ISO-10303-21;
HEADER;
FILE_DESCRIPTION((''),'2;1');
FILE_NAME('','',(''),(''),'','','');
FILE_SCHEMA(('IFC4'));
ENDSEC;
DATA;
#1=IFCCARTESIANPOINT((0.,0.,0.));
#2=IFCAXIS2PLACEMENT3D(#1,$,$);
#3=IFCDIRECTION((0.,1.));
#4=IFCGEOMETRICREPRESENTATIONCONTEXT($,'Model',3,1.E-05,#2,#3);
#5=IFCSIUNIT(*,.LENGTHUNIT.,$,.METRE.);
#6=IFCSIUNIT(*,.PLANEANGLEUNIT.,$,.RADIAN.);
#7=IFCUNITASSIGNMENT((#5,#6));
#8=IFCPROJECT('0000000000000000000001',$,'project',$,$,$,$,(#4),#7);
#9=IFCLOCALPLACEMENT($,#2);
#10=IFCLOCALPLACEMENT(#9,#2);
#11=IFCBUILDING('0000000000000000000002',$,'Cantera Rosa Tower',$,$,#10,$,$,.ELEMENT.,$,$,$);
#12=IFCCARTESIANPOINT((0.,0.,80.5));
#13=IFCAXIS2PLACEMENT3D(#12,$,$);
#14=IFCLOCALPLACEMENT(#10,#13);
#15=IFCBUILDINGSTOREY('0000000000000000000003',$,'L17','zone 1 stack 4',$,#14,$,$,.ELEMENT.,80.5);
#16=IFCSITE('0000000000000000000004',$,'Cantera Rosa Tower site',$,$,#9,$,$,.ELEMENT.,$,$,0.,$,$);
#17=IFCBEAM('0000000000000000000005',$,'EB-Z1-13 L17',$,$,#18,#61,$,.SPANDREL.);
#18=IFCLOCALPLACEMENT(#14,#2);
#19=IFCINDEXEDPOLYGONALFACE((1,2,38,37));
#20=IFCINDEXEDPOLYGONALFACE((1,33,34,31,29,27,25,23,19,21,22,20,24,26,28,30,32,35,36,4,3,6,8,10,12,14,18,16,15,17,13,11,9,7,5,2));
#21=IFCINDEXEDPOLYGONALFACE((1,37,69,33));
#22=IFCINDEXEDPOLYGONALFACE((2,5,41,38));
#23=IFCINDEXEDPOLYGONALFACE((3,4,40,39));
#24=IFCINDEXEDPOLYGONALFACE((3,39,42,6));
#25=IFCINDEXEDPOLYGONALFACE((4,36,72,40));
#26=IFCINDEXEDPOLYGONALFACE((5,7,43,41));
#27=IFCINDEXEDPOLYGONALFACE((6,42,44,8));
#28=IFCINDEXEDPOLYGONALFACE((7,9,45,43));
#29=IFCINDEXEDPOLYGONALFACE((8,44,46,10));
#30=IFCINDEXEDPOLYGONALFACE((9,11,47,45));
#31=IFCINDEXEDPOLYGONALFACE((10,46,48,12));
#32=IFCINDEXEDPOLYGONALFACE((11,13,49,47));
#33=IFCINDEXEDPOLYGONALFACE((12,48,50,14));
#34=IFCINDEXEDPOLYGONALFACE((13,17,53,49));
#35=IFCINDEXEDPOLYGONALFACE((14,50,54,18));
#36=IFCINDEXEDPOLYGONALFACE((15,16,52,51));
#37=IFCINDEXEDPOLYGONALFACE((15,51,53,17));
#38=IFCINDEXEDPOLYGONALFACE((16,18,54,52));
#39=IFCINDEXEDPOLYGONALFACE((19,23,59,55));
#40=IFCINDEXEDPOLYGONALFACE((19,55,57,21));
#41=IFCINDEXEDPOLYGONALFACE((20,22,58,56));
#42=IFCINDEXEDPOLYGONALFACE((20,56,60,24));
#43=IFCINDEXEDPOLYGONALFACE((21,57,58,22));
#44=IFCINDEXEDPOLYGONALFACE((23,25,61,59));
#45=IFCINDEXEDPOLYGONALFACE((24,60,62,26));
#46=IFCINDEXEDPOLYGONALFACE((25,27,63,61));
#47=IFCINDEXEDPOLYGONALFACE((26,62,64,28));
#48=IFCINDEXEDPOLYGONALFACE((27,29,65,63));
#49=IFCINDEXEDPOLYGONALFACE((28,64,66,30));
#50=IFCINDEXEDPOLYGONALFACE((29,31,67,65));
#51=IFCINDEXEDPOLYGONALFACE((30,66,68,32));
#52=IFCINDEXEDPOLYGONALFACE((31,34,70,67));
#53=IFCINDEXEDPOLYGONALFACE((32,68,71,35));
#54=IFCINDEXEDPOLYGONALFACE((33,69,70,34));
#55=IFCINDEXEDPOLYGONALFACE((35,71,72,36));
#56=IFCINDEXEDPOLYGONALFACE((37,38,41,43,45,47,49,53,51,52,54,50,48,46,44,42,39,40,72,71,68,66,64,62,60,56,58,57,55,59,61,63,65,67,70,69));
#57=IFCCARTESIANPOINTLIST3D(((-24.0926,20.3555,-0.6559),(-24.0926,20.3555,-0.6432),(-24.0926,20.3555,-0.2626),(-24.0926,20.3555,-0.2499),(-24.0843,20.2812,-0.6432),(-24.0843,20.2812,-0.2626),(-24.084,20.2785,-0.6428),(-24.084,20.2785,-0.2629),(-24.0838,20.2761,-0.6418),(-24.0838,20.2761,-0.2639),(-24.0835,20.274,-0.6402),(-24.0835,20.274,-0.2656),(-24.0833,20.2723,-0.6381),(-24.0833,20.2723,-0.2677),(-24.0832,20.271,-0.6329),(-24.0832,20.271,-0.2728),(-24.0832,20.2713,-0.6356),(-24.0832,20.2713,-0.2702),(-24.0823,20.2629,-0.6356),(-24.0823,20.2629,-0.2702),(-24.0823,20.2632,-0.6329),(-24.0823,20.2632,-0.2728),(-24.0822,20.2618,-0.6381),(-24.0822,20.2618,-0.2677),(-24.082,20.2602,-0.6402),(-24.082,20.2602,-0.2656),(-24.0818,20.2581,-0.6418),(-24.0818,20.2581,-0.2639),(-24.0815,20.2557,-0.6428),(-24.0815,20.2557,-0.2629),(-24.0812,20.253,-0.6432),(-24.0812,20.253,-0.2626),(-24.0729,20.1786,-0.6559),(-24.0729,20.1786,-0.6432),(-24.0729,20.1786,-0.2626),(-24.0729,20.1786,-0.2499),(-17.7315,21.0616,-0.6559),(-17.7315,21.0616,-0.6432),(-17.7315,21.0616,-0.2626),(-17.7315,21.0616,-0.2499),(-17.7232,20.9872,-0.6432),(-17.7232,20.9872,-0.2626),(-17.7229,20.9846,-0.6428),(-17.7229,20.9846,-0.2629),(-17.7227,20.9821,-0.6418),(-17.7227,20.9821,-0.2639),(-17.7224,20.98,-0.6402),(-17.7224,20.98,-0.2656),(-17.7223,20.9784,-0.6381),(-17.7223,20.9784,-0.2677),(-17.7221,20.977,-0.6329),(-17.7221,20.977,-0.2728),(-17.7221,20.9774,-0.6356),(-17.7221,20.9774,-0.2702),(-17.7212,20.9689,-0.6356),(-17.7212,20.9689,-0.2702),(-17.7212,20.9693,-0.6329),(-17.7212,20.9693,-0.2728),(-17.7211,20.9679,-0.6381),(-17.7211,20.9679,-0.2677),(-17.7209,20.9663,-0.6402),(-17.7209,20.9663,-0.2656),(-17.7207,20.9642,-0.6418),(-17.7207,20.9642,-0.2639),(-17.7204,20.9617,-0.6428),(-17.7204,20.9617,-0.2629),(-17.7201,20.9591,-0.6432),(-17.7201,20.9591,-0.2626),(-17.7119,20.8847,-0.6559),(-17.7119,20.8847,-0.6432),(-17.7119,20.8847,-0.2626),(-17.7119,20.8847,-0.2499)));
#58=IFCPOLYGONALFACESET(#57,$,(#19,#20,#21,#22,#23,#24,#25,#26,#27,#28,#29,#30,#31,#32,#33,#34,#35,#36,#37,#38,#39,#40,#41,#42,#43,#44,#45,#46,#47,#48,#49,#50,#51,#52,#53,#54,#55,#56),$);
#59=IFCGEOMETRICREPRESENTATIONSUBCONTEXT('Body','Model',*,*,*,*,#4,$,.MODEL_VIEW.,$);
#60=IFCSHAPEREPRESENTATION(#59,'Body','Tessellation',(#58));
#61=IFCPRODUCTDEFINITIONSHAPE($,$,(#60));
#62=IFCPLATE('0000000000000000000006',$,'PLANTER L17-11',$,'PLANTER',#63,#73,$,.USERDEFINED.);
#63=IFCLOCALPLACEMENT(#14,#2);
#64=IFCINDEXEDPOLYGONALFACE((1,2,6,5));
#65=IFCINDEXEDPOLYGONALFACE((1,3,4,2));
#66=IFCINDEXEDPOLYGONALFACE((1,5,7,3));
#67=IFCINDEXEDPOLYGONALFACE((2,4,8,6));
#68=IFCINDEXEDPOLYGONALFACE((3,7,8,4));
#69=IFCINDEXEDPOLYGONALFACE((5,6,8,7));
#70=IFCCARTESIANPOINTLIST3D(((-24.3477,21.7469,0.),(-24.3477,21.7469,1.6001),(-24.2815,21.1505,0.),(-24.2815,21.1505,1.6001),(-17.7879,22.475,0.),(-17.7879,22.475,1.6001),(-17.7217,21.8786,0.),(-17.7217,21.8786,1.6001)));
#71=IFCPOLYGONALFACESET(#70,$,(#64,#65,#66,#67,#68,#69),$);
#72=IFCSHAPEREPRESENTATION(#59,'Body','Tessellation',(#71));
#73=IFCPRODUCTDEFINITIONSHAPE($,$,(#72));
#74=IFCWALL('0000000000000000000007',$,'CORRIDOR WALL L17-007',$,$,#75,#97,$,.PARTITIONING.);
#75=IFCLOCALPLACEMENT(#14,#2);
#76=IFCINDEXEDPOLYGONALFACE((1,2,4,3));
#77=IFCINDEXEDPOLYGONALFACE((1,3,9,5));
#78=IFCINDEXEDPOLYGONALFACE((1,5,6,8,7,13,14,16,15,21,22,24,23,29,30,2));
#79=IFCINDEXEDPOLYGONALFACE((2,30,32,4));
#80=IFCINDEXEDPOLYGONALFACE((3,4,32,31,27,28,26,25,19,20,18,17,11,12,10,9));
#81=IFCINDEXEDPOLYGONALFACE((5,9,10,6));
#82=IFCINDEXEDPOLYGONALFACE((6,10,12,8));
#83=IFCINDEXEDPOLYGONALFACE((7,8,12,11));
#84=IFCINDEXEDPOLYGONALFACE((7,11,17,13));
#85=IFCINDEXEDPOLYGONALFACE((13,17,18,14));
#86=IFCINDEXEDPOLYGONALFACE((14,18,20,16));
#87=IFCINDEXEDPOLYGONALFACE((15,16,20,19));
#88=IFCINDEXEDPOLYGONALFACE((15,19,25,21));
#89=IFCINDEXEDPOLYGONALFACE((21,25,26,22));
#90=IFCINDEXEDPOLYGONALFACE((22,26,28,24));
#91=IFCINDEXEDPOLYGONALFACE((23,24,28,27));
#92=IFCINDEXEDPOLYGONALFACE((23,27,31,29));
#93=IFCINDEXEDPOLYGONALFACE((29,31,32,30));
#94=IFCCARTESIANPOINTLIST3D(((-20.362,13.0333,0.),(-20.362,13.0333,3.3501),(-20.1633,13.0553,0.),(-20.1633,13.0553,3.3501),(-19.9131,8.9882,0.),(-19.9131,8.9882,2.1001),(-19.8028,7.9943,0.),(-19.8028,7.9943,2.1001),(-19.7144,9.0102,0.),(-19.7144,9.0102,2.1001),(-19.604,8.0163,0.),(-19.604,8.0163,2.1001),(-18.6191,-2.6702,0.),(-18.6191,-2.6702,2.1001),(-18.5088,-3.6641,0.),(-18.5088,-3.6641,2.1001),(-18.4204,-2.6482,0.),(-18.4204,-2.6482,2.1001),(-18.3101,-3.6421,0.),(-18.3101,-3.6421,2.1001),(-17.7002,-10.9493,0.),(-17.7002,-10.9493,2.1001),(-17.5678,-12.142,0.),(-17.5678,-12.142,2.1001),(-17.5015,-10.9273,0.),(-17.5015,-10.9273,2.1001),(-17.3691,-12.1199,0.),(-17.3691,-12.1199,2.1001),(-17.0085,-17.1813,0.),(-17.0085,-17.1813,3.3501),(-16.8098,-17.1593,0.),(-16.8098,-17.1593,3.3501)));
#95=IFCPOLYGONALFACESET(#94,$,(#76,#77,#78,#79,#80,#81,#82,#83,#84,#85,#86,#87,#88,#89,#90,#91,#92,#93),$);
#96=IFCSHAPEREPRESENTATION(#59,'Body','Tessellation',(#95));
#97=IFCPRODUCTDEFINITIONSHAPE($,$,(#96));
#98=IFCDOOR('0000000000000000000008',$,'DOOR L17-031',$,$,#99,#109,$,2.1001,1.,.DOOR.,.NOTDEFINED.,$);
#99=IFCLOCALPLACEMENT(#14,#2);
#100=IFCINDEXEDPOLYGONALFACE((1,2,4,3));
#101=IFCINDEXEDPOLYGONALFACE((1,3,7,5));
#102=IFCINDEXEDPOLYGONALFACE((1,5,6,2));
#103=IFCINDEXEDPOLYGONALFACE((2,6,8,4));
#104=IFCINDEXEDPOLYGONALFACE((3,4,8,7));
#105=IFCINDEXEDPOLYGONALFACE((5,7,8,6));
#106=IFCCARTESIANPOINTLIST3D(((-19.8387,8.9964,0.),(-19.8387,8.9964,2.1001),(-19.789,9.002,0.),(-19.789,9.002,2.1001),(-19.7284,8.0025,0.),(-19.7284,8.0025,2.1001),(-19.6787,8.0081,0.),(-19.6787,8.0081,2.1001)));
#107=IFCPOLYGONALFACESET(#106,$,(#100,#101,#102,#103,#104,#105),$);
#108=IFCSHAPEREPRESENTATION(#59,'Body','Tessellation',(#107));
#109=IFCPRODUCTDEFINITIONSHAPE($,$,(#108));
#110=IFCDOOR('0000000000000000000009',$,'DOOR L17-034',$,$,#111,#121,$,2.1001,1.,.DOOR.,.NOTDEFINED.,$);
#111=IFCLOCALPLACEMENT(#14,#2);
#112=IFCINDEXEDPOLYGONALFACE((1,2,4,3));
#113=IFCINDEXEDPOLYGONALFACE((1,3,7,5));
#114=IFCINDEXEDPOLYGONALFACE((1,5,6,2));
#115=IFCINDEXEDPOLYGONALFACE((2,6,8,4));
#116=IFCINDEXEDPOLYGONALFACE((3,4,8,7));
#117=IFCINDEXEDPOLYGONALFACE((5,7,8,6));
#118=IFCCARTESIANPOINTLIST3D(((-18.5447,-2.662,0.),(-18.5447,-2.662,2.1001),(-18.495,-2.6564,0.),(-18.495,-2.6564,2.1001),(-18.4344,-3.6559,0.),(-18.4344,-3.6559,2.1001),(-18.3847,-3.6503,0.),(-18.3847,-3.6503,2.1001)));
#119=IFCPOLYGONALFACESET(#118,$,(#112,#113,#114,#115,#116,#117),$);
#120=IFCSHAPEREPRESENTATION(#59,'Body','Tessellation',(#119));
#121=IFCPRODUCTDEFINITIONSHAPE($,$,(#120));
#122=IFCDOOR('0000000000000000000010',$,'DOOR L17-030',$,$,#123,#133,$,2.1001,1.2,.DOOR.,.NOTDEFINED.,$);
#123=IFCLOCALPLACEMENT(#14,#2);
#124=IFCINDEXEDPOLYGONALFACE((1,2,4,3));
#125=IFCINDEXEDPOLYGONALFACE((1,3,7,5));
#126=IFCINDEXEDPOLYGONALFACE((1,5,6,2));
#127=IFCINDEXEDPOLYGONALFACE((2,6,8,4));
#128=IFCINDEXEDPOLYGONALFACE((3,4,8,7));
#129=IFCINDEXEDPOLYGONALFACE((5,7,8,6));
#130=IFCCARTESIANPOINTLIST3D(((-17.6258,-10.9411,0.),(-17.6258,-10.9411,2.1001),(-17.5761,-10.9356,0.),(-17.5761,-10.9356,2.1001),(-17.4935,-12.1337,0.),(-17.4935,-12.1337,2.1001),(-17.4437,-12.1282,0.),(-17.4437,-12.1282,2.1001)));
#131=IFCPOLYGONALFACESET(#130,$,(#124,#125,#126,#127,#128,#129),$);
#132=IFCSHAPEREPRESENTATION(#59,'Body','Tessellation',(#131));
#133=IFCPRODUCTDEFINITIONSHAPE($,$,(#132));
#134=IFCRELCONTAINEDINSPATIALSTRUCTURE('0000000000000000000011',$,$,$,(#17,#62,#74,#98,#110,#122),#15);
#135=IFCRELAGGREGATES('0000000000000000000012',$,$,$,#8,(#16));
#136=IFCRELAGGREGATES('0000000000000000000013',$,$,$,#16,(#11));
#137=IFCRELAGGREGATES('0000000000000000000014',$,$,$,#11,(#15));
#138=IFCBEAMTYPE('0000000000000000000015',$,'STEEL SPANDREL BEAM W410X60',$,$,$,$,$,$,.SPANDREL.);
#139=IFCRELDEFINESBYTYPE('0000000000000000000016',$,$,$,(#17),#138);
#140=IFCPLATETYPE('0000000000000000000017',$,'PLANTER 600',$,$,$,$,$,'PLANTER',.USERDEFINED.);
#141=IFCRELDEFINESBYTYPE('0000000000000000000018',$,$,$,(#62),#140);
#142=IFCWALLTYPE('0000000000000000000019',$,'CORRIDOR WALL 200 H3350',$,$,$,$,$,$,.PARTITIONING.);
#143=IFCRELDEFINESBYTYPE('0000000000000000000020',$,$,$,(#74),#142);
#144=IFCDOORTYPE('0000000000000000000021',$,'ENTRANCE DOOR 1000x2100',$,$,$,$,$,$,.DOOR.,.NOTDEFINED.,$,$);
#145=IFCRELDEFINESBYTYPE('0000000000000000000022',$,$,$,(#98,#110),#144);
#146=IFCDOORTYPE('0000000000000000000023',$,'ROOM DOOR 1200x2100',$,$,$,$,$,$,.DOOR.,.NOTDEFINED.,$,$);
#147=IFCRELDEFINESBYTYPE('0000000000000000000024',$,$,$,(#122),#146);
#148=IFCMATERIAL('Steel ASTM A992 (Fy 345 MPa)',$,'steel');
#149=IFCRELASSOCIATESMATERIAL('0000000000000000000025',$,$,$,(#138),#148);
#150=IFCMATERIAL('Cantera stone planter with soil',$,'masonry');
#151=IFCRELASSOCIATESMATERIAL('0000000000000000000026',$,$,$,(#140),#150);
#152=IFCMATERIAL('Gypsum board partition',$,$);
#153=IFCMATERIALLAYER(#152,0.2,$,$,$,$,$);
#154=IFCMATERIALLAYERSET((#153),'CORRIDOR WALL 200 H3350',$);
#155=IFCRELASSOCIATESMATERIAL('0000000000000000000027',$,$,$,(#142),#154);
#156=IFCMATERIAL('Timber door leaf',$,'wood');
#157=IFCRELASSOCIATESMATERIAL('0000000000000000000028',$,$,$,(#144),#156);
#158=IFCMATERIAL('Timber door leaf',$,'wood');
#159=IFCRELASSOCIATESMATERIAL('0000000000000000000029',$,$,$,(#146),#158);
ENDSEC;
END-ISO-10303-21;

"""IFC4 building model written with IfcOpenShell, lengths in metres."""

from ifc_helpers import new_model, si_unit, direction, frame, frame_2d, origin, origin_2d, place, context, subcontext, project, spatial, rectangle, i_section, extrude, material, layer, layer_set, material_profile, profile_set, type_object, element, fill, save


model = new_model("IFC4")

# Units and contexts
model_context = context("Model", 3, precision=1e-05, world=origin(), true_north=direction((0.0, 1.0)))
body_context = subcontext(model_context, "Body", "Model", "MODEL_VIEW")
ifc_project = project(units=[si_unit("LENGTHUNIT", "METRE"), si_unit("PLANEANGLEUNIT", "RADIAN")], contexts=[model_context])

# Site, building, storey
site_placement = place(None, origin())
site = spatial("IfcSite", under=ifc_project, at=site_placement, Name="Cantera Rosa Tower site", CompositionType="ELEMENT", RefElevation=0.0)
building_placement = place(site_placement, origin())
building = spatial("IfcBuilding", under=site, at=building_placement, Name="Cantera Rosa Tower", CompositionType="ELEMENT")
storey_placement = place(building_placement, frame((0.0, 0.0, 80.5)))
storey = spatial("IfcBuildingStorey", under=building, at=storey_placement, Name="L17", Description="zone 1 stack 4", CompositionType="ELEMENT", Elevation=80.5)

# Beam
ifc_material_1 = material(Name="Steel ASTM A992 (Fy 345 MPa)", Category="steel")
ifc_material_profile_1 = material_profile(ifc_material_1, i_section(OverallWidth=0.178, OverallDepth=0.406, WebThickness=0.0078, FlangeThickness=0.0127, FilletRadius=0.0103, at=origin_2d()), Name="W410X60")
ifc_profile_set_1 = profile_set([ifc_material_profile_1], Name="Steel ASTM A992 (Fy 345 MPa)")
beam_type_1 = type_object("IfcBeamType", Name="STEEL SPANDREL BEAM W410X60", PredefinedType="SPANDREL", material=ifc_profile_set_1)
beam_1_placement = place(storey_placement, frame((-17.7217, 20.9731, -0.4529), z_axis=(-0.993896, -0.110318, 0.0), x_axis=(0.110318, -0.993896, 0.0)))
element("IfcBeam", 1, at=beam_1_placement, inside=storey, type_object=beam_type_1, Name="EB-Z1-13 L17", PredefinedType="SPANDREL", context=body_context, shape_type="SweptSolid", body=[
    extrude(i_section(OverallWidth=0.178, OverallDepth=0.406, WebThickness=0.0078, FlangeThickness=0.0127, FilletRadius=0.0103, at=origin_2d()), origin(), (0.0, 0.0, 1.0), 6.4001),
])

# Plate
ifc_material_2 = material(Name="Cantera stone planter with soil", Category="masonry")
plate_type = type_object("IfcPlateType", Name="PLANTER 600", ElementType="PLANTER", PredefinedType="USERDEFINED", material=ifc_material_2)
plate_placement = place(storey_placement, frame((-21.0347, 21.8127, 0.0), z_axis=(0.0, 0.0, 1.0), x_axis=(-0.993897, -0.110313, 0.0)))
element("IfcPlate", 2, at=plate_placement, inside=storey, type_object=plate_type, Name="PLANTER L17-11", ObjectType="PLANTER", PredefinedType="USERDEFINED", context=body_context, shape_type="SweptSolid", body=[
    extrude(rectangle(XDim=6.6001, YDim=0.6001, at=origin_2d()), origin(), (0.0, 0.0, 1.0), 1.6001),
])

# Wall, openings, doors
ifc_material_3 = material(Name="Gypsum board partition")
ifc_layer_1 = layer(ifc_material_3, 0.2)
ifc_layer_set_1 = layer_set([ifc_layer_1], Name="CORRIDOR WALL 200 H3350")
wall_type_1 = type_object("IfcWallType", Name="CORRIDOR WALL 200 H3350", PredefinedType="PARTITIONING", material=ifc_layer_set_1)
wall_1_placement = place(storey_placement, frame((-20.2627, 13.0444, 0.0), z_axis=(0.0, 0.0, 1.0), x_axis=(0.110313, -0.993897, 0.0)))
wall_1 = element("IfcWall", 3, at=wall_1_placement, inside=storey, type_object=wall_type_1, Name="CORRIDOR WALL L17-007", PredefinedType="PARTITIONING", context=body_context, shape_type="SweptSolid", body=[
    extrude(rectangle(XDim=30.4001, YDim=0.2, at=frame_2d((15.2002, 0.0))), origin(), (0.0, 0.0, 1.0), 3.3501),
])
opening_1_placement = place(wall_1_placement, frame((24.1299, 0.0, 0.0)))
opening_1 = element("IfcOpeningElement", 4, at=opening_1_placement, cuts=wall_1, PredefinedType="OPENING", context=body_context, shape_type="SweptSolid", body=[
    extrude(rectangle(XDim=1.2, YDim=2.1001, at=frame_2d((0.6001, 1.05))), frame((0.0, 0.1099, 0.0), z_axis=(0.0, -1.0, 0.0), x_axis=(1.0, 0.0, 0.0)), (0.0, 0.0, 1.0), 0.22),
])
opening_2_placement = place(wall_1_placement, frame((4.0701, 0.0, 0.0)))
opening_2 = element("IfcOpeningElement", 5, at=opening_2_placement, cuts=wall_1, PredefinedType="OPENING", context=body_context, shape_type="SweptSolid", body=[
    extrude(rectangle(XDim=1.0, YDim=2.1001, at=frame_2d((0.5, 1.05))), frame((0.0, 0.1099, 0.0), z_axis=(0.0, -1.0, 0.0), x_axis=(1.0, 0.0, 0.0)), (0.0, 0.0, 1.0), 0.22),
])
opening_3_placement = place(wall_1_placement, frame((15.8, 0.0, 0.0)))
opening_3 = element("IfcOpeningElement", 6, at=opening_3_placement, cuts=wall_1, PredefinedType="OPENING", context=body_context, shape_type="SweptSolid", body=[
    extrude(rectangle(XDim=1.0, YDim=2.1001, at=frame_2d((0.5, 1.05))), frame((0.0, 0.1099, 0.0), z_axis=(0.0, -1.0, 0.0), x_axis=(1.0, 0.0, 0.0)), (0.0, 0.0, 1.0), 0.22),
])
ifc_material_4 = material(Name="Timber door leaf", Category="wood")
door_type_1 = type_object("IfcDoorType", Name="ENTRANCE DOOR 1000x2100", OperationType="NOTDEFINED", PredefinedType="DOOR", material=ifc_material_4)
door_1_placement = place(opening_2_placement, origin())
door_1 = element("IfcDoor", 7, at=door_1_placement, inside=storey, type_object=door_type_1, Name="DOOR L17-031", OperationType="NOTDEFINED", OverallHeight=2.1001, OverallWidth=1.0, PredefinedType="DOOR", context=body_context, shape_type="SweptSolid", body=[
    extrude(rectangle(XDim=1.0, YDim=2.1001, at=frame_2d((0.5, 1.05))), frame((0.0, 0.0249, 0.0), z_axis=(0.0, -1.0, 0.0), x_axis=(1.0, 0.0, 0.0)), (0.0, 0.0, 1.0), 0.05),
])
fill(opening_2, door_1)
door_2_placement = place(opening_3_placement, origin())
door_2 = element("IfcDoor", 8, at=door_2_placement, inside=storey, type_object=door_type_1, Name="DOOR L17-034", OperationType="NOTDEFINED", OverallHeight=2.1001, OverallWidth=1.0, PredefinedType="DOOR", context=body_context, shape_type="SweptSolid", body=[
    extrude(rectangle(XDim=1.0, YDim=2.1001, at=frame_2d((0.5, 1.05))), frame((0.0, 0.0249, 0.0), z_axis=(0.0, -1.0, 0.0), x_axis=(1.0, 0.0, 0.0)), (0.0, 0.0, 1.0), 0.05),
])
fill(opening_3, door_2)
ifc_material_5 = material(Name="Timber door leaf", Category="wood")
door_type_2 = type_object("IfcDoorType", Name="ROOM DOOR 1200x2100", OperationType="NOTDEFINED", PredefinedType="DOOR", material=ifc_material_5)
door_3_placement = place(opening_1_placement, origin())
door_3 = element("IfcDoor", 9, at=door_3_placement, inside=storey, type_object=door_type_2, Name="DOOR L17-030", OperationType="NOTDEFINED", OverallHeight=2.1001, OverallWidth=1.2, PredefinedType="DOOR", context=body_context, shape_type="SweptSolid", body=[
    extrude(rectangle(XDim=1.2, YDim=2.1001, at=frame_2d((0.6001, 1.05))), frame((0.0, 0.0249, 0.0), z_axis=(0.0, -1.0, 0.0), x_axis=(1.0, 0.0, 0.0)), (0.0, 0.0, 1.0), 0.05),
])
fill(opening_1, door_3)

save(model, "model.ifc")
